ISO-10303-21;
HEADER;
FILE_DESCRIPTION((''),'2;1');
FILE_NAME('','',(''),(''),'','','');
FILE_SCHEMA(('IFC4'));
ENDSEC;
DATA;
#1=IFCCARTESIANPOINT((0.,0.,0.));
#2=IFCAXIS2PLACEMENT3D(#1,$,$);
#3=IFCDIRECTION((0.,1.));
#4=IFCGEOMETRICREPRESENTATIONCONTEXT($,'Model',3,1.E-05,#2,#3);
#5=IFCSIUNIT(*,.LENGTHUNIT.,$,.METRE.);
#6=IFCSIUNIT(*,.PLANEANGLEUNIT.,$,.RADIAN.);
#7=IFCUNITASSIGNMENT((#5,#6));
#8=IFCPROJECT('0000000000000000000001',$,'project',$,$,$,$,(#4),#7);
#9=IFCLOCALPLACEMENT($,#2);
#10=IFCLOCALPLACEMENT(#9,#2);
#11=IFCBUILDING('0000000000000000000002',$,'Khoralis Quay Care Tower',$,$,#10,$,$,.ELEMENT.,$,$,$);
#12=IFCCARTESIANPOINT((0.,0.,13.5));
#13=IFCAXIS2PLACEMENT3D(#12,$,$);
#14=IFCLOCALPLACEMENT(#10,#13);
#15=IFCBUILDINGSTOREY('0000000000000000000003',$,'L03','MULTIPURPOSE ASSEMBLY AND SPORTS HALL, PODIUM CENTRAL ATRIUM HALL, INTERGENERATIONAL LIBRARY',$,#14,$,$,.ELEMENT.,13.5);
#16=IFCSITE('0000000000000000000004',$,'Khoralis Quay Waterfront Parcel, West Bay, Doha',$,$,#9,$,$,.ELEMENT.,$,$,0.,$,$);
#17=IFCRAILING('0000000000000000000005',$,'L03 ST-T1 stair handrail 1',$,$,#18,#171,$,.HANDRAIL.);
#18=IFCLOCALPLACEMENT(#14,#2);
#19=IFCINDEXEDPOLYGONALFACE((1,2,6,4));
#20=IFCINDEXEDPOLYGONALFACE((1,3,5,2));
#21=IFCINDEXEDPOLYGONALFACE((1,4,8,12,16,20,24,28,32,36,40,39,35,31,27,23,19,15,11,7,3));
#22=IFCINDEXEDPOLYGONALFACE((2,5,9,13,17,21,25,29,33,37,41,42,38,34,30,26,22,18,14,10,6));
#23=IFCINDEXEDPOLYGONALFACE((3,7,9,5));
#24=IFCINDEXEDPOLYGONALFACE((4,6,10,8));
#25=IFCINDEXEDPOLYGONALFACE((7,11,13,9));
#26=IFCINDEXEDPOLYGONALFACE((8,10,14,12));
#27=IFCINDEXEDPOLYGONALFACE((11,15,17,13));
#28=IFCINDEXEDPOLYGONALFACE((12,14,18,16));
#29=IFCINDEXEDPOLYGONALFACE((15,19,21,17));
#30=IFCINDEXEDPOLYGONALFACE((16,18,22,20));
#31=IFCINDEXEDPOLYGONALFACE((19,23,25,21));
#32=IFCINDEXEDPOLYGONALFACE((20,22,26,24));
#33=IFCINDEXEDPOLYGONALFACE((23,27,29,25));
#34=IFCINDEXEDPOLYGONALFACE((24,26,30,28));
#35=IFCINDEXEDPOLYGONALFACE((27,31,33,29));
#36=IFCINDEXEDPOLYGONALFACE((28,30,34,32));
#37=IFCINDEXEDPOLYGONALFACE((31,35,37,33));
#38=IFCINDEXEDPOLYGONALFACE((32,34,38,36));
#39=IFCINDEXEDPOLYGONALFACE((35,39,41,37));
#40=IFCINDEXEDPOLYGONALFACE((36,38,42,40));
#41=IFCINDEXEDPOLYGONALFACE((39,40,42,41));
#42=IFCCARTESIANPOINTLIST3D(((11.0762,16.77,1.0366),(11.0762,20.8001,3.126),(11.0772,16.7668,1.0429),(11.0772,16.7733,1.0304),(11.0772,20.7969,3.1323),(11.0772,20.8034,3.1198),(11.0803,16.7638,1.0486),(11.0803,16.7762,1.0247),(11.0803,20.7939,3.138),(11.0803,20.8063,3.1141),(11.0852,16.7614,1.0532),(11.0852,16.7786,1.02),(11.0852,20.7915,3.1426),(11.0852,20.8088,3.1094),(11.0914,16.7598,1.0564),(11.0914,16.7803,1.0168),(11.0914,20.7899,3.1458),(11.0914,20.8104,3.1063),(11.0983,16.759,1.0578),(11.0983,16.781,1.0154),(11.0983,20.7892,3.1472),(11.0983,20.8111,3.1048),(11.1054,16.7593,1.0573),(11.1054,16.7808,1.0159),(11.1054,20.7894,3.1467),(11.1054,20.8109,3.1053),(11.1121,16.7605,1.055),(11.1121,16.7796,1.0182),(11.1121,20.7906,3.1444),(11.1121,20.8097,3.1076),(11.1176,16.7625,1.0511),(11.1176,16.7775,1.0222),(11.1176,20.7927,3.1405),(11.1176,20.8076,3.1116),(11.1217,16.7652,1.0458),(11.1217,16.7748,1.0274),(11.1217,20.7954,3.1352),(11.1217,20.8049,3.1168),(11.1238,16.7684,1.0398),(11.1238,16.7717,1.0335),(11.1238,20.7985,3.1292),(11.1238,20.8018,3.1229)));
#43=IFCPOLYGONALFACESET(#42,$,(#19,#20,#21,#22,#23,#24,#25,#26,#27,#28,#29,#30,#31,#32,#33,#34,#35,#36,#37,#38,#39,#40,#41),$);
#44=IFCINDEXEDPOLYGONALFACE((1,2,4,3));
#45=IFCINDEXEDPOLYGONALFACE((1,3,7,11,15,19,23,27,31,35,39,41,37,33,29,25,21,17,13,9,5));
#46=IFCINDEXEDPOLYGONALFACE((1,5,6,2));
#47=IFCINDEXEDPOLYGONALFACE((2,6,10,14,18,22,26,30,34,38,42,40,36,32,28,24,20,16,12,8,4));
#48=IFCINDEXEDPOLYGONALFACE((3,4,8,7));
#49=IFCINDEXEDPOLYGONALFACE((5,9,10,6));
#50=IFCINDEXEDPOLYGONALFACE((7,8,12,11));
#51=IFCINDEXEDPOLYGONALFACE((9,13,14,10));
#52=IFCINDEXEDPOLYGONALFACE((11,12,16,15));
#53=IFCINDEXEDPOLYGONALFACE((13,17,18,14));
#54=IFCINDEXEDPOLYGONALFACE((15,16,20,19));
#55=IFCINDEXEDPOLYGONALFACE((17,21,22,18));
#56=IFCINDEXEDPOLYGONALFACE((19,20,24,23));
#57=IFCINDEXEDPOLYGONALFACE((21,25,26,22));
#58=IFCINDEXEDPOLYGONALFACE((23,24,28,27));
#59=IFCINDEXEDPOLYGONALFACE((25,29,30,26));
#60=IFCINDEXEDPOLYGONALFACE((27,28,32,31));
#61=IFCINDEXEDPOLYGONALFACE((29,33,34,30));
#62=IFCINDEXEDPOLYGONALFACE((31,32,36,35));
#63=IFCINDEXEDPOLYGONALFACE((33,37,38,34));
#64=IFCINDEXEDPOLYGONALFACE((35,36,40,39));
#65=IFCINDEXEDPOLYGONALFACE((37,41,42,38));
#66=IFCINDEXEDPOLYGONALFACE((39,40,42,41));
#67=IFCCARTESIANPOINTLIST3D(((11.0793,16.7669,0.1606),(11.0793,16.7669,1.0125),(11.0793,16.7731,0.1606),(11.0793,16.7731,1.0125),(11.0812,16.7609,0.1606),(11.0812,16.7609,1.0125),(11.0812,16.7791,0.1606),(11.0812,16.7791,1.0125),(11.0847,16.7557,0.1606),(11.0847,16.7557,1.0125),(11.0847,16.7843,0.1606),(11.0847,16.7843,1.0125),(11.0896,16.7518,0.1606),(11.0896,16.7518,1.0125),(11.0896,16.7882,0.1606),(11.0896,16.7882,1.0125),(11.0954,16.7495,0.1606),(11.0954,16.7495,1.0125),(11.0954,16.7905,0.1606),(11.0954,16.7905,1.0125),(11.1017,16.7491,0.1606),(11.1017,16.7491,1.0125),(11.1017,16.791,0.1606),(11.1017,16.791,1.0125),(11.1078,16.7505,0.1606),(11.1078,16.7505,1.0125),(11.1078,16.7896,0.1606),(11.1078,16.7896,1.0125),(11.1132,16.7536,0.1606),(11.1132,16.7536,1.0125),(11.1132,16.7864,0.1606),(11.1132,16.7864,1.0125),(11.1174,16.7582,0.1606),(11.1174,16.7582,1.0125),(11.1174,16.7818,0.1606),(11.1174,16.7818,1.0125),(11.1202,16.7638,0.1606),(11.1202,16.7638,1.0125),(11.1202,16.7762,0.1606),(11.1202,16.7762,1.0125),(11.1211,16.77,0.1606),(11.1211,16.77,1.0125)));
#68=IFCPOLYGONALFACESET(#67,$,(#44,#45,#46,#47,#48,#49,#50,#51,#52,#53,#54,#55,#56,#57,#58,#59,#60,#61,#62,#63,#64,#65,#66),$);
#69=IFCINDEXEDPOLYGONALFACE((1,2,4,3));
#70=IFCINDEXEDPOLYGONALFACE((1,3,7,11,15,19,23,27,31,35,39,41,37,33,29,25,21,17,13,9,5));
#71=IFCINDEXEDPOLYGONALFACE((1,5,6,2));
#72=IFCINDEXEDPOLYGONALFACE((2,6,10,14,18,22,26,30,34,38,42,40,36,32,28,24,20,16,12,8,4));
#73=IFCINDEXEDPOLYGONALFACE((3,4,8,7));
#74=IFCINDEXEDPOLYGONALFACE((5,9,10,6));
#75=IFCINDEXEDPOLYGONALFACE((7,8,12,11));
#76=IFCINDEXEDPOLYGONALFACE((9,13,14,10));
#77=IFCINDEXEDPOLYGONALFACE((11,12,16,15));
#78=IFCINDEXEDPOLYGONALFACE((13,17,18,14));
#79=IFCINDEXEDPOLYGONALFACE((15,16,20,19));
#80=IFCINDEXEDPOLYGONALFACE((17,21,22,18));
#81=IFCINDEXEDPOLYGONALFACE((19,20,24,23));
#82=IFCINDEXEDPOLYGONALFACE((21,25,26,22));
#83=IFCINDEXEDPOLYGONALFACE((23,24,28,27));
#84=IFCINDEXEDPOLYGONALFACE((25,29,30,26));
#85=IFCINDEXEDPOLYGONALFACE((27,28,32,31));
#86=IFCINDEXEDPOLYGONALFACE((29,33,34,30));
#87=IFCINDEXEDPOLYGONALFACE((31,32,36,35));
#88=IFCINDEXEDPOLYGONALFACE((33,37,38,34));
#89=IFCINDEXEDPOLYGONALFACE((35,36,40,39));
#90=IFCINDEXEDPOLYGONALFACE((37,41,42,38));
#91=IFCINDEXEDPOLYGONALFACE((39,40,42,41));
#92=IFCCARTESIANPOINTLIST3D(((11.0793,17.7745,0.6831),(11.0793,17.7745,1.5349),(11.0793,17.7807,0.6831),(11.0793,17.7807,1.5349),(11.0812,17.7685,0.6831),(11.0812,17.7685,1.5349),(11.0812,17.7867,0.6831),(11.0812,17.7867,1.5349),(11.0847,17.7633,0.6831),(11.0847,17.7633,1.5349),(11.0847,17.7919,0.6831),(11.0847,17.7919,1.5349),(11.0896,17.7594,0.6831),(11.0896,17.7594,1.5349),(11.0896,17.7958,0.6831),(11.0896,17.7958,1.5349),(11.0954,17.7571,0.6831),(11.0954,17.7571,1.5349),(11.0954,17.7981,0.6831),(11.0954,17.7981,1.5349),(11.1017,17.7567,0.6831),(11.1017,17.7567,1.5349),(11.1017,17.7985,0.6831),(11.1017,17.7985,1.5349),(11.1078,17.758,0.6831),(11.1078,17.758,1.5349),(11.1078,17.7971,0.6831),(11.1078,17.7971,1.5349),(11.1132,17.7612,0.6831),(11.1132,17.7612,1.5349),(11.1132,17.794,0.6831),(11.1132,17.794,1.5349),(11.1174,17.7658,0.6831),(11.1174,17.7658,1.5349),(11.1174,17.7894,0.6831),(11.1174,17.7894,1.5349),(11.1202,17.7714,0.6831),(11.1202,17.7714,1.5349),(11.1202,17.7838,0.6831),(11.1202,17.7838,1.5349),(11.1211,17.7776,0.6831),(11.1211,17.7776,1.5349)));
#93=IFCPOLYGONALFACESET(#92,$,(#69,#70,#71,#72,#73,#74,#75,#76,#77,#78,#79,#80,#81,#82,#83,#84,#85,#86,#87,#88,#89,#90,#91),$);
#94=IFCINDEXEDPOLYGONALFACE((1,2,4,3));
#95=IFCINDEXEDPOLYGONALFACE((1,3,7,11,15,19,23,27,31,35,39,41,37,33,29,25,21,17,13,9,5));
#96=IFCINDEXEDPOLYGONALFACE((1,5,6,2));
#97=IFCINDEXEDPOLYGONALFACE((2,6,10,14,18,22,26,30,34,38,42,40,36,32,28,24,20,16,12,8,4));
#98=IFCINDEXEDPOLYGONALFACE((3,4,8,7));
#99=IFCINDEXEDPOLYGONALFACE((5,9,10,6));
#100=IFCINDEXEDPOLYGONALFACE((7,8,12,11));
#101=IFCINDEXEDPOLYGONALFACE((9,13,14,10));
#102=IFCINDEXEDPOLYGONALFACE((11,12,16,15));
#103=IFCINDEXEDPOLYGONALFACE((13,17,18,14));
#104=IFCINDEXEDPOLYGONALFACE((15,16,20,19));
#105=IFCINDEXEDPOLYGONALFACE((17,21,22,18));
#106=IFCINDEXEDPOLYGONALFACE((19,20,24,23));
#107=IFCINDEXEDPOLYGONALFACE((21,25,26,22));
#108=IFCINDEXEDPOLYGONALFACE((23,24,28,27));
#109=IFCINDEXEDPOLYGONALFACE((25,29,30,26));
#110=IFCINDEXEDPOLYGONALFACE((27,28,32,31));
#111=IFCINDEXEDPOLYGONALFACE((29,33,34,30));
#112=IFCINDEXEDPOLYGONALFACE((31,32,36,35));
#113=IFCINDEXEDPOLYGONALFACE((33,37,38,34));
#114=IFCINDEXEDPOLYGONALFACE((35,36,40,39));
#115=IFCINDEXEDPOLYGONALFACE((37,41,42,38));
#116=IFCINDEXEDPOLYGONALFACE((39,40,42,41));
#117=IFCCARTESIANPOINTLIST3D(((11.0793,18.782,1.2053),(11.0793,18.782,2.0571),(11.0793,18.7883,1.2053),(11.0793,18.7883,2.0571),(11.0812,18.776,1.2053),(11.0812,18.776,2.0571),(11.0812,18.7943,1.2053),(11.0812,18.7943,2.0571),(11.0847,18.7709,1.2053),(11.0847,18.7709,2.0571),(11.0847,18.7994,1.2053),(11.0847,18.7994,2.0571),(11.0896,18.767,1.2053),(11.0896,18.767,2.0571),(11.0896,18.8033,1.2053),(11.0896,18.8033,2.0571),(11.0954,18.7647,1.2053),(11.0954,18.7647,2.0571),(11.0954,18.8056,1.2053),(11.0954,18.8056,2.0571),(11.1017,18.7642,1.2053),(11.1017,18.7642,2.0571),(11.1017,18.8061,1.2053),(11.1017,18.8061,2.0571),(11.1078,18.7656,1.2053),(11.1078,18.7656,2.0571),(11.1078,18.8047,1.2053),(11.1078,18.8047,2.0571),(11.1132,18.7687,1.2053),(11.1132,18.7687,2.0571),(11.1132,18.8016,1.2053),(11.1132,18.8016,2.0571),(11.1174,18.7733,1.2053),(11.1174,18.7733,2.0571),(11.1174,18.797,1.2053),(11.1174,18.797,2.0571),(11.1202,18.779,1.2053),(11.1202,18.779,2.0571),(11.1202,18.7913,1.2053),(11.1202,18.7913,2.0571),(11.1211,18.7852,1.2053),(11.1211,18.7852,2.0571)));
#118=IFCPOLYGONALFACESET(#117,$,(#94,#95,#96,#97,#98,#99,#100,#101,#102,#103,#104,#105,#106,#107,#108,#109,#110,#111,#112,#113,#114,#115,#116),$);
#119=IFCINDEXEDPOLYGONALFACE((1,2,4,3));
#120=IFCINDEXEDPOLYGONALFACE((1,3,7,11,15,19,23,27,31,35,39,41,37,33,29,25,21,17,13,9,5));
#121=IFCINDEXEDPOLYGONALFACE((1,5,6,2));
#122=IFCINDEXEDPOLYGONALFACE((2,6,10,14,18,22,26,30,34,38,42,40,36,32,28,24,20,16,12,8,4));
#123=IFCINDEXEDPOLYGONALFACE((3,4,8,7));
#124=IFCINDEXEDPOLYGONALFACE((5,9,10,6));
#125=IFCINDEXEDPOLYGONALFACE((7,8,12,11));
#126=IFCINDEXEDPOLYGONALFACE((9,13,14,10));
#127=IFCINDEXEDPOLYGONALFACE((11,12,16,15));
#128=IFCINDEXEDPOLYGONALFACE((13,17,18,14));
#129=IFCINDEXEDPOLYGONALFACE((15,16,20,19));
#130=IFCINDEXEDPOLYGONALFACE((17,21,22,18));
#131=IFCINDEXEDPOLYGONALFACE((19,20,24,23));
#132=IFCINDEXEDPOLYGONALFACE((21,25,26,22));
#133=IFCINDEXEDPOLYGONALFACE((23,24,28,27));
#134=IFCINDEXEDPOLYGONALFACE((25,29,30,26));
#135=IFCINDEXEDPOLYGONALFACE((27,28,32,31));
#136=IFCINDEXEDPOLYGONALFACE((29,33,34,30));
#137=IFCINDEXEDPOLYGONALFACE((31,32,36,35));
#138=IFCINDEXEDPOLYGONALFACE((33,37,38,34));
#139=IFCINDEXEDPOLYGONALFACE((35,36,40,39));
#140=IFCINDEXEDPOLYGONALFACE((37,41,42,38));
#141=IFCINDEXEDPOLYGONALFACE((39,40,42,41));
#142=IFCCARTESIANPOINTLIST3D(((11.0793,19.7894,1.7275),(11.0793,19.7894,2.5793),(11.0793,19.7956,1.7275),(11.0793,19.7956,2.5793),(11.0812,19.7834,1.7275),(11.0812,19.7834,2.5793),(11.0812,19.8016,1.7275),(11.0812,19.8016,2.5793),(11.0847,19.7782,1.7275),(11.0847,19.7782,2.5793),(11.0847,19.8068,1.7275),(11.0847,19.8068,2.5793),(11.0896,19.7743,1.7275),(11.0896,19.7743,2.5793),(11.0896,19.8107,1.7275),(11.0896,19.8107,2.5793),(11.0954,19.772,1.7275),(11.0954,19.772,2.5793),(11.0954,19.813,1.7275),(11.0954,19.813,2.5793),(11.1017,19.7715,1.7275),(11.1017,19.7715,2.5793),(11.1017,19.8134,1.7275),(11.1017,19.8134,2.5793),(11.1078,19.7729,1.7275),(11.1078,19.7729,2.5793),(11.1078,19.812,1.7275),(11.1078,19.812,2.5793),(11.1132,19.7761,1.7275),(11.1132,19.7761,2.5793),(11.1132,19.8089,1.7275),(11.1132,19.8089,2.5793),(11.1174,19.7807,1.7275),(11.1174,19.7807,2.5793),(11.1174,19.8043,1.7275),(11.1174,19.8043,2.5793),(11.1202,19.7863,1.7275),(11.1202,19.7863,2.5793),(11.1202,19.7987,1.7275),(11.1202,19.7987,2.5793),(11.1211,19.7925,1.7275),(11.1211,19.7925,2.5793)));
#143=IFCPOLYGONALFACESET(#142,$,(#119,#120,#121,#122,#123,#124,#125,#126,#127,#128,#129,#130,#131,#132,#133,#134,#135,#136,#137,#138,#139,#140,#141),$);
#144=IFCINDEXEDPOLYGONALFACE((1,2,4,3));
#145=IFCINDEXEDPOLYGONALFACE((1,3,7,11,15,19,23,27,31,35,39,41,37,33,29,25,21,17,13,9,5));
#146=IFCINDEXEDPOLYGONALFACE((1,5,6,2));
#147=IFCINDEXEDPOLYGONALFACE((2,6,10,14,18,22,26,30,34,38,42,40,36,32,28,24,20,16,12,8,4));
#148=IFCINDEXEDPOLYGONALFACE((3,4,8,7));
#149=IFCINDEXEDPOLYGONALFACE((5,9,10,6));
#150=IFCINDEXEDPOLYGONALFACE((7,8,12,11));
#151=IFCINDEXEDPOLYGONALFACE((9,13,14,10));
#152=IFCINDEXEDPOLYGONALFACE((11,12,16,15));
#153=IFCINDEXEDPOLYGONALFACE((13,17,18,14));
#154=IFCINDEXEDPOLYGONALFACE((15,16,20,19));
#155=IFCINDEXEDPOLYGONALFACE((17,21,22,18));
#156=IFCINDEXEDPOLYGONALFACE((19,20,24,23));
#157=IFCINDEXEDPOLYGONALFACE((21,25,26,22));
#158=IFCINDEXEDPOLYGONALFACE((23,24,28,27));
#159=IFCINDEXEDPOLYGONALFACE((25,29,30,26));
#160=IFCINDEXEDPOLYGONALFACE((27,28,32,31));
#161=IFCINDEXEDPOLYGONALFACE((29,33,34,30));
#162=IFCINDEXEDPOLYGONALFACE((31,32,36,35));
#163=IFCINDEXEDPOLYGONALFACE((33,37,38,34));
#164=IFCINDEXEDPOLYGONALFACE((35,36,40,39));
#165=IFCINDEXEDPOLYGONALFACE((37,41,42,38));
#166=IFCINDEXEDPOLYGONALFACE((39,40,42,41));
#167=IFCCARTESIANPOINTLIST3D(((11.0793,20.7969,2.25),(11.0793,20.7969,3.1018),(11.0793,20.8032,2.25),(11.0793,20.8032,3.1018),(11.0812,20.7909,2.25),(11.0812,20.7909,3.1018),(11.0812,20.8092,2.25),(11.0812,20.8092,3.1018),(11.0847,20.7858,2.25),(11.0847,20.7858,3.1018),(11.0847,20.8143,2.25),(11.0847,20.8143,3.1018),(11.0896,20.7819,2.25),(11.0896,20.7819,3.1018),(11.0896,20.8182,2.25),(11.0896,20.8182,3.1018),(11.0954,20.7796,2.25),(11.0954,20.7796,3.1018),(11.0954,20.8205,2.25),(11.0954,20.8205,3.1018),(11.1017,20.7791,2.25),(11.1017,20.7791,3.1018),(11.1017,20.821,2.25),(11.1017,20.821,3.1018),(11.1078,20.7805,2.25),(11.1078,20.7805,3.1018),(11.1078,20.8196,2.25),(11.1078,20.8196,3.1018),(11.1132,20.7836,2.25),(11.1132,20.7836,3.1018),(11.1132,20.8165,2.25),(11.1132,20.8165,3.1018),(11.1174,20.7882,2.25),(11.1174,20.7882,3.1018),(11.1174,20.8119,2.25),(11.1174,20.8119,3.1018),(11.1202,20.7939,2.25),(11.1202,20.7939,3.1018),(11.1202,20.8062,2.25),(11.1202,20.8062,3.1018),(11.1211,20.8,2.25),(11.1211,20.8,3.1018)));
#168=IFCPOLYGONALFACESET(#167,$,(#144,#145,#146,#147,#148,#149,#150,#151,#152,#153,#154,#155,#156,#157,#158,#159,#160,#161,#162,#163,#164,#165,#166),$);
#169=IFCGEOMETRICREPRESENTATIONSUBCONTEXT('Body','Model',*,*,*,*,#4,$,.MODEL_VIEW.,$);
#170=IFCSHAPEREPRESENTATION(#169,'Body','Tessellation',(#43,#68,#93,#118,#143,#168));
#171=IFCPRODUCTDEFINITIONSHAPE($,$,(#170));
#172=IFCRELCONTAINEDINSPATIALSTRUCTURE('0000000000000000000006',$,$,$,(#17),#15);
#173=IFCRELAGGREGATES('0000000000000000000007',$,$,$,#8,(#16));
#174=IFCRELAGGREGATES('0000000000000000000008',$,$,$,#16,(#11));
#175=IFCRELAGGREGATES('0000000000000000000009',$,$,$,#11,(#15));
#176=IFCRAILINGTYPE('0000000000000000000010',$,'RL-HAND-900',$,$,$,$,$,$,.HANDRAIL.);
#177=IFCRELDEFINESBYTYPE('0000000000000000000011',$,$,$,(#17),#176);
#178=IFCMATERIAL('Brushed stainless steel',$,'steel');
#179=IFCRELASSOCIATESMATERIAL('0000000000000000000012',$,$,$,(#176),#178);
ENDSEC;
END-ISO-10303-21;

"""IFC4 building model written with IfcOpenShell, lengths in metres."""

from ifc_helpers import new_model, si_unit, direction, frame, origin, origin_2d, place, context, subcontext, project, spatial, circle, extrude, material, type_object, element, save


model = new_model("IFC4")

# Units and contexts
model_context = context("Model", 3, precision=1e-05, world=origin(), true_north=direction((0.0, 1.0)))
body_context = subcontext(model_context, "Body", "Model", "MODEL_VIEW")
ifc_project = project(units=[si_unit("LENGTHUNIT", "METRE"), si_unit("PLANEANGLEUNIT", "RADIAN")], contexts=[model_context])

# Site, building, storey
site_placement = place(None, origin())
site = spatial("IfcSite", under=ifc_project, at=site_placement, Name="Khoralis Quay Waterfront Parcel, West Bay, Doha", CompositionType="ELEMENT", RefElevation=0.0)
building_placement = place(site_placement, origin())
building = spatial("IfcBuilding", under=site, at=building_placement, Name="Khoralis Quay Care Tower", CompositionType="ELEMENT")
storey_placement = place(building_placement, frame((0.0, 0.0, 13.5)))
storey = spatial("IfcBuildingStorey", under=building, at=storey_placement, Name="L03", Description="MULTIPURPOSE ASSEMBLY AND SPORTS HALL, PODIUM CENTRAL ATRIUM HALL, INTERGENERATIONAL LIBRARY", CompositionType="ELEMENT", Elevation=13.5)

# Shared definitions
ifc_material_1 = material(Name="Brushed stainless steel", Category="steel")

# Railing
railing_type_1 = type_object("IfcRailingType", Name="RL-HAND-900", PredefinedType="HANDRAIL", material=ifc_material_1)
railing_1_placement = place(storey_placement, frame((11.1001, 16.77, 0.1606)))
element("IfcRailing", 1, at=railing_1_placement, inside=storey, type_object=railing_type_1, Name="L03 ST-T1 stair handrail 1", PredefinedType="HANDRAIL", context=body_context, shape_type="SweptSolid", body=[
    extrude(circle(Radius=0.0239, at=origin_2d()), frame((0.0, 0.0, 0.876), z_axis=(0.0, 0.887781, 0.460267), x_axis=(-1.0, 0.0, 0.0)), (0.0, 0.0, 1.0), 4.5396),
    extrude(circle(Radius=0.021, at=origin_2d()), origin(), (0.0, 0.0, 1.0), 0.8518),
    extrude(circle(Radius=0.021, at=origin_2d()), frame((0.0, 1.0076, 0.5225)), (0.0, 0.0, 1.0), 0.8518),
    extrude(circle(Radius=0.021, at=origin_2d()), frame((0.0, 2.0151, 1.0447)), (0.0, 0.0, 1.0), 0.8518),
    extrude(circle(Radius=0.021, at=origin_2d()), frame((0.0, 3.0225, 1.5669)), (0.0, 0.0, 1.0), 0.8518),
    extrude(circle(Radius=0.021, at=origin_2d()), frame((0.0, 4.03, 2.0894)), (0.0, 0.0, 1.0), 0.8518),
])

save(model, "model.ifc")
